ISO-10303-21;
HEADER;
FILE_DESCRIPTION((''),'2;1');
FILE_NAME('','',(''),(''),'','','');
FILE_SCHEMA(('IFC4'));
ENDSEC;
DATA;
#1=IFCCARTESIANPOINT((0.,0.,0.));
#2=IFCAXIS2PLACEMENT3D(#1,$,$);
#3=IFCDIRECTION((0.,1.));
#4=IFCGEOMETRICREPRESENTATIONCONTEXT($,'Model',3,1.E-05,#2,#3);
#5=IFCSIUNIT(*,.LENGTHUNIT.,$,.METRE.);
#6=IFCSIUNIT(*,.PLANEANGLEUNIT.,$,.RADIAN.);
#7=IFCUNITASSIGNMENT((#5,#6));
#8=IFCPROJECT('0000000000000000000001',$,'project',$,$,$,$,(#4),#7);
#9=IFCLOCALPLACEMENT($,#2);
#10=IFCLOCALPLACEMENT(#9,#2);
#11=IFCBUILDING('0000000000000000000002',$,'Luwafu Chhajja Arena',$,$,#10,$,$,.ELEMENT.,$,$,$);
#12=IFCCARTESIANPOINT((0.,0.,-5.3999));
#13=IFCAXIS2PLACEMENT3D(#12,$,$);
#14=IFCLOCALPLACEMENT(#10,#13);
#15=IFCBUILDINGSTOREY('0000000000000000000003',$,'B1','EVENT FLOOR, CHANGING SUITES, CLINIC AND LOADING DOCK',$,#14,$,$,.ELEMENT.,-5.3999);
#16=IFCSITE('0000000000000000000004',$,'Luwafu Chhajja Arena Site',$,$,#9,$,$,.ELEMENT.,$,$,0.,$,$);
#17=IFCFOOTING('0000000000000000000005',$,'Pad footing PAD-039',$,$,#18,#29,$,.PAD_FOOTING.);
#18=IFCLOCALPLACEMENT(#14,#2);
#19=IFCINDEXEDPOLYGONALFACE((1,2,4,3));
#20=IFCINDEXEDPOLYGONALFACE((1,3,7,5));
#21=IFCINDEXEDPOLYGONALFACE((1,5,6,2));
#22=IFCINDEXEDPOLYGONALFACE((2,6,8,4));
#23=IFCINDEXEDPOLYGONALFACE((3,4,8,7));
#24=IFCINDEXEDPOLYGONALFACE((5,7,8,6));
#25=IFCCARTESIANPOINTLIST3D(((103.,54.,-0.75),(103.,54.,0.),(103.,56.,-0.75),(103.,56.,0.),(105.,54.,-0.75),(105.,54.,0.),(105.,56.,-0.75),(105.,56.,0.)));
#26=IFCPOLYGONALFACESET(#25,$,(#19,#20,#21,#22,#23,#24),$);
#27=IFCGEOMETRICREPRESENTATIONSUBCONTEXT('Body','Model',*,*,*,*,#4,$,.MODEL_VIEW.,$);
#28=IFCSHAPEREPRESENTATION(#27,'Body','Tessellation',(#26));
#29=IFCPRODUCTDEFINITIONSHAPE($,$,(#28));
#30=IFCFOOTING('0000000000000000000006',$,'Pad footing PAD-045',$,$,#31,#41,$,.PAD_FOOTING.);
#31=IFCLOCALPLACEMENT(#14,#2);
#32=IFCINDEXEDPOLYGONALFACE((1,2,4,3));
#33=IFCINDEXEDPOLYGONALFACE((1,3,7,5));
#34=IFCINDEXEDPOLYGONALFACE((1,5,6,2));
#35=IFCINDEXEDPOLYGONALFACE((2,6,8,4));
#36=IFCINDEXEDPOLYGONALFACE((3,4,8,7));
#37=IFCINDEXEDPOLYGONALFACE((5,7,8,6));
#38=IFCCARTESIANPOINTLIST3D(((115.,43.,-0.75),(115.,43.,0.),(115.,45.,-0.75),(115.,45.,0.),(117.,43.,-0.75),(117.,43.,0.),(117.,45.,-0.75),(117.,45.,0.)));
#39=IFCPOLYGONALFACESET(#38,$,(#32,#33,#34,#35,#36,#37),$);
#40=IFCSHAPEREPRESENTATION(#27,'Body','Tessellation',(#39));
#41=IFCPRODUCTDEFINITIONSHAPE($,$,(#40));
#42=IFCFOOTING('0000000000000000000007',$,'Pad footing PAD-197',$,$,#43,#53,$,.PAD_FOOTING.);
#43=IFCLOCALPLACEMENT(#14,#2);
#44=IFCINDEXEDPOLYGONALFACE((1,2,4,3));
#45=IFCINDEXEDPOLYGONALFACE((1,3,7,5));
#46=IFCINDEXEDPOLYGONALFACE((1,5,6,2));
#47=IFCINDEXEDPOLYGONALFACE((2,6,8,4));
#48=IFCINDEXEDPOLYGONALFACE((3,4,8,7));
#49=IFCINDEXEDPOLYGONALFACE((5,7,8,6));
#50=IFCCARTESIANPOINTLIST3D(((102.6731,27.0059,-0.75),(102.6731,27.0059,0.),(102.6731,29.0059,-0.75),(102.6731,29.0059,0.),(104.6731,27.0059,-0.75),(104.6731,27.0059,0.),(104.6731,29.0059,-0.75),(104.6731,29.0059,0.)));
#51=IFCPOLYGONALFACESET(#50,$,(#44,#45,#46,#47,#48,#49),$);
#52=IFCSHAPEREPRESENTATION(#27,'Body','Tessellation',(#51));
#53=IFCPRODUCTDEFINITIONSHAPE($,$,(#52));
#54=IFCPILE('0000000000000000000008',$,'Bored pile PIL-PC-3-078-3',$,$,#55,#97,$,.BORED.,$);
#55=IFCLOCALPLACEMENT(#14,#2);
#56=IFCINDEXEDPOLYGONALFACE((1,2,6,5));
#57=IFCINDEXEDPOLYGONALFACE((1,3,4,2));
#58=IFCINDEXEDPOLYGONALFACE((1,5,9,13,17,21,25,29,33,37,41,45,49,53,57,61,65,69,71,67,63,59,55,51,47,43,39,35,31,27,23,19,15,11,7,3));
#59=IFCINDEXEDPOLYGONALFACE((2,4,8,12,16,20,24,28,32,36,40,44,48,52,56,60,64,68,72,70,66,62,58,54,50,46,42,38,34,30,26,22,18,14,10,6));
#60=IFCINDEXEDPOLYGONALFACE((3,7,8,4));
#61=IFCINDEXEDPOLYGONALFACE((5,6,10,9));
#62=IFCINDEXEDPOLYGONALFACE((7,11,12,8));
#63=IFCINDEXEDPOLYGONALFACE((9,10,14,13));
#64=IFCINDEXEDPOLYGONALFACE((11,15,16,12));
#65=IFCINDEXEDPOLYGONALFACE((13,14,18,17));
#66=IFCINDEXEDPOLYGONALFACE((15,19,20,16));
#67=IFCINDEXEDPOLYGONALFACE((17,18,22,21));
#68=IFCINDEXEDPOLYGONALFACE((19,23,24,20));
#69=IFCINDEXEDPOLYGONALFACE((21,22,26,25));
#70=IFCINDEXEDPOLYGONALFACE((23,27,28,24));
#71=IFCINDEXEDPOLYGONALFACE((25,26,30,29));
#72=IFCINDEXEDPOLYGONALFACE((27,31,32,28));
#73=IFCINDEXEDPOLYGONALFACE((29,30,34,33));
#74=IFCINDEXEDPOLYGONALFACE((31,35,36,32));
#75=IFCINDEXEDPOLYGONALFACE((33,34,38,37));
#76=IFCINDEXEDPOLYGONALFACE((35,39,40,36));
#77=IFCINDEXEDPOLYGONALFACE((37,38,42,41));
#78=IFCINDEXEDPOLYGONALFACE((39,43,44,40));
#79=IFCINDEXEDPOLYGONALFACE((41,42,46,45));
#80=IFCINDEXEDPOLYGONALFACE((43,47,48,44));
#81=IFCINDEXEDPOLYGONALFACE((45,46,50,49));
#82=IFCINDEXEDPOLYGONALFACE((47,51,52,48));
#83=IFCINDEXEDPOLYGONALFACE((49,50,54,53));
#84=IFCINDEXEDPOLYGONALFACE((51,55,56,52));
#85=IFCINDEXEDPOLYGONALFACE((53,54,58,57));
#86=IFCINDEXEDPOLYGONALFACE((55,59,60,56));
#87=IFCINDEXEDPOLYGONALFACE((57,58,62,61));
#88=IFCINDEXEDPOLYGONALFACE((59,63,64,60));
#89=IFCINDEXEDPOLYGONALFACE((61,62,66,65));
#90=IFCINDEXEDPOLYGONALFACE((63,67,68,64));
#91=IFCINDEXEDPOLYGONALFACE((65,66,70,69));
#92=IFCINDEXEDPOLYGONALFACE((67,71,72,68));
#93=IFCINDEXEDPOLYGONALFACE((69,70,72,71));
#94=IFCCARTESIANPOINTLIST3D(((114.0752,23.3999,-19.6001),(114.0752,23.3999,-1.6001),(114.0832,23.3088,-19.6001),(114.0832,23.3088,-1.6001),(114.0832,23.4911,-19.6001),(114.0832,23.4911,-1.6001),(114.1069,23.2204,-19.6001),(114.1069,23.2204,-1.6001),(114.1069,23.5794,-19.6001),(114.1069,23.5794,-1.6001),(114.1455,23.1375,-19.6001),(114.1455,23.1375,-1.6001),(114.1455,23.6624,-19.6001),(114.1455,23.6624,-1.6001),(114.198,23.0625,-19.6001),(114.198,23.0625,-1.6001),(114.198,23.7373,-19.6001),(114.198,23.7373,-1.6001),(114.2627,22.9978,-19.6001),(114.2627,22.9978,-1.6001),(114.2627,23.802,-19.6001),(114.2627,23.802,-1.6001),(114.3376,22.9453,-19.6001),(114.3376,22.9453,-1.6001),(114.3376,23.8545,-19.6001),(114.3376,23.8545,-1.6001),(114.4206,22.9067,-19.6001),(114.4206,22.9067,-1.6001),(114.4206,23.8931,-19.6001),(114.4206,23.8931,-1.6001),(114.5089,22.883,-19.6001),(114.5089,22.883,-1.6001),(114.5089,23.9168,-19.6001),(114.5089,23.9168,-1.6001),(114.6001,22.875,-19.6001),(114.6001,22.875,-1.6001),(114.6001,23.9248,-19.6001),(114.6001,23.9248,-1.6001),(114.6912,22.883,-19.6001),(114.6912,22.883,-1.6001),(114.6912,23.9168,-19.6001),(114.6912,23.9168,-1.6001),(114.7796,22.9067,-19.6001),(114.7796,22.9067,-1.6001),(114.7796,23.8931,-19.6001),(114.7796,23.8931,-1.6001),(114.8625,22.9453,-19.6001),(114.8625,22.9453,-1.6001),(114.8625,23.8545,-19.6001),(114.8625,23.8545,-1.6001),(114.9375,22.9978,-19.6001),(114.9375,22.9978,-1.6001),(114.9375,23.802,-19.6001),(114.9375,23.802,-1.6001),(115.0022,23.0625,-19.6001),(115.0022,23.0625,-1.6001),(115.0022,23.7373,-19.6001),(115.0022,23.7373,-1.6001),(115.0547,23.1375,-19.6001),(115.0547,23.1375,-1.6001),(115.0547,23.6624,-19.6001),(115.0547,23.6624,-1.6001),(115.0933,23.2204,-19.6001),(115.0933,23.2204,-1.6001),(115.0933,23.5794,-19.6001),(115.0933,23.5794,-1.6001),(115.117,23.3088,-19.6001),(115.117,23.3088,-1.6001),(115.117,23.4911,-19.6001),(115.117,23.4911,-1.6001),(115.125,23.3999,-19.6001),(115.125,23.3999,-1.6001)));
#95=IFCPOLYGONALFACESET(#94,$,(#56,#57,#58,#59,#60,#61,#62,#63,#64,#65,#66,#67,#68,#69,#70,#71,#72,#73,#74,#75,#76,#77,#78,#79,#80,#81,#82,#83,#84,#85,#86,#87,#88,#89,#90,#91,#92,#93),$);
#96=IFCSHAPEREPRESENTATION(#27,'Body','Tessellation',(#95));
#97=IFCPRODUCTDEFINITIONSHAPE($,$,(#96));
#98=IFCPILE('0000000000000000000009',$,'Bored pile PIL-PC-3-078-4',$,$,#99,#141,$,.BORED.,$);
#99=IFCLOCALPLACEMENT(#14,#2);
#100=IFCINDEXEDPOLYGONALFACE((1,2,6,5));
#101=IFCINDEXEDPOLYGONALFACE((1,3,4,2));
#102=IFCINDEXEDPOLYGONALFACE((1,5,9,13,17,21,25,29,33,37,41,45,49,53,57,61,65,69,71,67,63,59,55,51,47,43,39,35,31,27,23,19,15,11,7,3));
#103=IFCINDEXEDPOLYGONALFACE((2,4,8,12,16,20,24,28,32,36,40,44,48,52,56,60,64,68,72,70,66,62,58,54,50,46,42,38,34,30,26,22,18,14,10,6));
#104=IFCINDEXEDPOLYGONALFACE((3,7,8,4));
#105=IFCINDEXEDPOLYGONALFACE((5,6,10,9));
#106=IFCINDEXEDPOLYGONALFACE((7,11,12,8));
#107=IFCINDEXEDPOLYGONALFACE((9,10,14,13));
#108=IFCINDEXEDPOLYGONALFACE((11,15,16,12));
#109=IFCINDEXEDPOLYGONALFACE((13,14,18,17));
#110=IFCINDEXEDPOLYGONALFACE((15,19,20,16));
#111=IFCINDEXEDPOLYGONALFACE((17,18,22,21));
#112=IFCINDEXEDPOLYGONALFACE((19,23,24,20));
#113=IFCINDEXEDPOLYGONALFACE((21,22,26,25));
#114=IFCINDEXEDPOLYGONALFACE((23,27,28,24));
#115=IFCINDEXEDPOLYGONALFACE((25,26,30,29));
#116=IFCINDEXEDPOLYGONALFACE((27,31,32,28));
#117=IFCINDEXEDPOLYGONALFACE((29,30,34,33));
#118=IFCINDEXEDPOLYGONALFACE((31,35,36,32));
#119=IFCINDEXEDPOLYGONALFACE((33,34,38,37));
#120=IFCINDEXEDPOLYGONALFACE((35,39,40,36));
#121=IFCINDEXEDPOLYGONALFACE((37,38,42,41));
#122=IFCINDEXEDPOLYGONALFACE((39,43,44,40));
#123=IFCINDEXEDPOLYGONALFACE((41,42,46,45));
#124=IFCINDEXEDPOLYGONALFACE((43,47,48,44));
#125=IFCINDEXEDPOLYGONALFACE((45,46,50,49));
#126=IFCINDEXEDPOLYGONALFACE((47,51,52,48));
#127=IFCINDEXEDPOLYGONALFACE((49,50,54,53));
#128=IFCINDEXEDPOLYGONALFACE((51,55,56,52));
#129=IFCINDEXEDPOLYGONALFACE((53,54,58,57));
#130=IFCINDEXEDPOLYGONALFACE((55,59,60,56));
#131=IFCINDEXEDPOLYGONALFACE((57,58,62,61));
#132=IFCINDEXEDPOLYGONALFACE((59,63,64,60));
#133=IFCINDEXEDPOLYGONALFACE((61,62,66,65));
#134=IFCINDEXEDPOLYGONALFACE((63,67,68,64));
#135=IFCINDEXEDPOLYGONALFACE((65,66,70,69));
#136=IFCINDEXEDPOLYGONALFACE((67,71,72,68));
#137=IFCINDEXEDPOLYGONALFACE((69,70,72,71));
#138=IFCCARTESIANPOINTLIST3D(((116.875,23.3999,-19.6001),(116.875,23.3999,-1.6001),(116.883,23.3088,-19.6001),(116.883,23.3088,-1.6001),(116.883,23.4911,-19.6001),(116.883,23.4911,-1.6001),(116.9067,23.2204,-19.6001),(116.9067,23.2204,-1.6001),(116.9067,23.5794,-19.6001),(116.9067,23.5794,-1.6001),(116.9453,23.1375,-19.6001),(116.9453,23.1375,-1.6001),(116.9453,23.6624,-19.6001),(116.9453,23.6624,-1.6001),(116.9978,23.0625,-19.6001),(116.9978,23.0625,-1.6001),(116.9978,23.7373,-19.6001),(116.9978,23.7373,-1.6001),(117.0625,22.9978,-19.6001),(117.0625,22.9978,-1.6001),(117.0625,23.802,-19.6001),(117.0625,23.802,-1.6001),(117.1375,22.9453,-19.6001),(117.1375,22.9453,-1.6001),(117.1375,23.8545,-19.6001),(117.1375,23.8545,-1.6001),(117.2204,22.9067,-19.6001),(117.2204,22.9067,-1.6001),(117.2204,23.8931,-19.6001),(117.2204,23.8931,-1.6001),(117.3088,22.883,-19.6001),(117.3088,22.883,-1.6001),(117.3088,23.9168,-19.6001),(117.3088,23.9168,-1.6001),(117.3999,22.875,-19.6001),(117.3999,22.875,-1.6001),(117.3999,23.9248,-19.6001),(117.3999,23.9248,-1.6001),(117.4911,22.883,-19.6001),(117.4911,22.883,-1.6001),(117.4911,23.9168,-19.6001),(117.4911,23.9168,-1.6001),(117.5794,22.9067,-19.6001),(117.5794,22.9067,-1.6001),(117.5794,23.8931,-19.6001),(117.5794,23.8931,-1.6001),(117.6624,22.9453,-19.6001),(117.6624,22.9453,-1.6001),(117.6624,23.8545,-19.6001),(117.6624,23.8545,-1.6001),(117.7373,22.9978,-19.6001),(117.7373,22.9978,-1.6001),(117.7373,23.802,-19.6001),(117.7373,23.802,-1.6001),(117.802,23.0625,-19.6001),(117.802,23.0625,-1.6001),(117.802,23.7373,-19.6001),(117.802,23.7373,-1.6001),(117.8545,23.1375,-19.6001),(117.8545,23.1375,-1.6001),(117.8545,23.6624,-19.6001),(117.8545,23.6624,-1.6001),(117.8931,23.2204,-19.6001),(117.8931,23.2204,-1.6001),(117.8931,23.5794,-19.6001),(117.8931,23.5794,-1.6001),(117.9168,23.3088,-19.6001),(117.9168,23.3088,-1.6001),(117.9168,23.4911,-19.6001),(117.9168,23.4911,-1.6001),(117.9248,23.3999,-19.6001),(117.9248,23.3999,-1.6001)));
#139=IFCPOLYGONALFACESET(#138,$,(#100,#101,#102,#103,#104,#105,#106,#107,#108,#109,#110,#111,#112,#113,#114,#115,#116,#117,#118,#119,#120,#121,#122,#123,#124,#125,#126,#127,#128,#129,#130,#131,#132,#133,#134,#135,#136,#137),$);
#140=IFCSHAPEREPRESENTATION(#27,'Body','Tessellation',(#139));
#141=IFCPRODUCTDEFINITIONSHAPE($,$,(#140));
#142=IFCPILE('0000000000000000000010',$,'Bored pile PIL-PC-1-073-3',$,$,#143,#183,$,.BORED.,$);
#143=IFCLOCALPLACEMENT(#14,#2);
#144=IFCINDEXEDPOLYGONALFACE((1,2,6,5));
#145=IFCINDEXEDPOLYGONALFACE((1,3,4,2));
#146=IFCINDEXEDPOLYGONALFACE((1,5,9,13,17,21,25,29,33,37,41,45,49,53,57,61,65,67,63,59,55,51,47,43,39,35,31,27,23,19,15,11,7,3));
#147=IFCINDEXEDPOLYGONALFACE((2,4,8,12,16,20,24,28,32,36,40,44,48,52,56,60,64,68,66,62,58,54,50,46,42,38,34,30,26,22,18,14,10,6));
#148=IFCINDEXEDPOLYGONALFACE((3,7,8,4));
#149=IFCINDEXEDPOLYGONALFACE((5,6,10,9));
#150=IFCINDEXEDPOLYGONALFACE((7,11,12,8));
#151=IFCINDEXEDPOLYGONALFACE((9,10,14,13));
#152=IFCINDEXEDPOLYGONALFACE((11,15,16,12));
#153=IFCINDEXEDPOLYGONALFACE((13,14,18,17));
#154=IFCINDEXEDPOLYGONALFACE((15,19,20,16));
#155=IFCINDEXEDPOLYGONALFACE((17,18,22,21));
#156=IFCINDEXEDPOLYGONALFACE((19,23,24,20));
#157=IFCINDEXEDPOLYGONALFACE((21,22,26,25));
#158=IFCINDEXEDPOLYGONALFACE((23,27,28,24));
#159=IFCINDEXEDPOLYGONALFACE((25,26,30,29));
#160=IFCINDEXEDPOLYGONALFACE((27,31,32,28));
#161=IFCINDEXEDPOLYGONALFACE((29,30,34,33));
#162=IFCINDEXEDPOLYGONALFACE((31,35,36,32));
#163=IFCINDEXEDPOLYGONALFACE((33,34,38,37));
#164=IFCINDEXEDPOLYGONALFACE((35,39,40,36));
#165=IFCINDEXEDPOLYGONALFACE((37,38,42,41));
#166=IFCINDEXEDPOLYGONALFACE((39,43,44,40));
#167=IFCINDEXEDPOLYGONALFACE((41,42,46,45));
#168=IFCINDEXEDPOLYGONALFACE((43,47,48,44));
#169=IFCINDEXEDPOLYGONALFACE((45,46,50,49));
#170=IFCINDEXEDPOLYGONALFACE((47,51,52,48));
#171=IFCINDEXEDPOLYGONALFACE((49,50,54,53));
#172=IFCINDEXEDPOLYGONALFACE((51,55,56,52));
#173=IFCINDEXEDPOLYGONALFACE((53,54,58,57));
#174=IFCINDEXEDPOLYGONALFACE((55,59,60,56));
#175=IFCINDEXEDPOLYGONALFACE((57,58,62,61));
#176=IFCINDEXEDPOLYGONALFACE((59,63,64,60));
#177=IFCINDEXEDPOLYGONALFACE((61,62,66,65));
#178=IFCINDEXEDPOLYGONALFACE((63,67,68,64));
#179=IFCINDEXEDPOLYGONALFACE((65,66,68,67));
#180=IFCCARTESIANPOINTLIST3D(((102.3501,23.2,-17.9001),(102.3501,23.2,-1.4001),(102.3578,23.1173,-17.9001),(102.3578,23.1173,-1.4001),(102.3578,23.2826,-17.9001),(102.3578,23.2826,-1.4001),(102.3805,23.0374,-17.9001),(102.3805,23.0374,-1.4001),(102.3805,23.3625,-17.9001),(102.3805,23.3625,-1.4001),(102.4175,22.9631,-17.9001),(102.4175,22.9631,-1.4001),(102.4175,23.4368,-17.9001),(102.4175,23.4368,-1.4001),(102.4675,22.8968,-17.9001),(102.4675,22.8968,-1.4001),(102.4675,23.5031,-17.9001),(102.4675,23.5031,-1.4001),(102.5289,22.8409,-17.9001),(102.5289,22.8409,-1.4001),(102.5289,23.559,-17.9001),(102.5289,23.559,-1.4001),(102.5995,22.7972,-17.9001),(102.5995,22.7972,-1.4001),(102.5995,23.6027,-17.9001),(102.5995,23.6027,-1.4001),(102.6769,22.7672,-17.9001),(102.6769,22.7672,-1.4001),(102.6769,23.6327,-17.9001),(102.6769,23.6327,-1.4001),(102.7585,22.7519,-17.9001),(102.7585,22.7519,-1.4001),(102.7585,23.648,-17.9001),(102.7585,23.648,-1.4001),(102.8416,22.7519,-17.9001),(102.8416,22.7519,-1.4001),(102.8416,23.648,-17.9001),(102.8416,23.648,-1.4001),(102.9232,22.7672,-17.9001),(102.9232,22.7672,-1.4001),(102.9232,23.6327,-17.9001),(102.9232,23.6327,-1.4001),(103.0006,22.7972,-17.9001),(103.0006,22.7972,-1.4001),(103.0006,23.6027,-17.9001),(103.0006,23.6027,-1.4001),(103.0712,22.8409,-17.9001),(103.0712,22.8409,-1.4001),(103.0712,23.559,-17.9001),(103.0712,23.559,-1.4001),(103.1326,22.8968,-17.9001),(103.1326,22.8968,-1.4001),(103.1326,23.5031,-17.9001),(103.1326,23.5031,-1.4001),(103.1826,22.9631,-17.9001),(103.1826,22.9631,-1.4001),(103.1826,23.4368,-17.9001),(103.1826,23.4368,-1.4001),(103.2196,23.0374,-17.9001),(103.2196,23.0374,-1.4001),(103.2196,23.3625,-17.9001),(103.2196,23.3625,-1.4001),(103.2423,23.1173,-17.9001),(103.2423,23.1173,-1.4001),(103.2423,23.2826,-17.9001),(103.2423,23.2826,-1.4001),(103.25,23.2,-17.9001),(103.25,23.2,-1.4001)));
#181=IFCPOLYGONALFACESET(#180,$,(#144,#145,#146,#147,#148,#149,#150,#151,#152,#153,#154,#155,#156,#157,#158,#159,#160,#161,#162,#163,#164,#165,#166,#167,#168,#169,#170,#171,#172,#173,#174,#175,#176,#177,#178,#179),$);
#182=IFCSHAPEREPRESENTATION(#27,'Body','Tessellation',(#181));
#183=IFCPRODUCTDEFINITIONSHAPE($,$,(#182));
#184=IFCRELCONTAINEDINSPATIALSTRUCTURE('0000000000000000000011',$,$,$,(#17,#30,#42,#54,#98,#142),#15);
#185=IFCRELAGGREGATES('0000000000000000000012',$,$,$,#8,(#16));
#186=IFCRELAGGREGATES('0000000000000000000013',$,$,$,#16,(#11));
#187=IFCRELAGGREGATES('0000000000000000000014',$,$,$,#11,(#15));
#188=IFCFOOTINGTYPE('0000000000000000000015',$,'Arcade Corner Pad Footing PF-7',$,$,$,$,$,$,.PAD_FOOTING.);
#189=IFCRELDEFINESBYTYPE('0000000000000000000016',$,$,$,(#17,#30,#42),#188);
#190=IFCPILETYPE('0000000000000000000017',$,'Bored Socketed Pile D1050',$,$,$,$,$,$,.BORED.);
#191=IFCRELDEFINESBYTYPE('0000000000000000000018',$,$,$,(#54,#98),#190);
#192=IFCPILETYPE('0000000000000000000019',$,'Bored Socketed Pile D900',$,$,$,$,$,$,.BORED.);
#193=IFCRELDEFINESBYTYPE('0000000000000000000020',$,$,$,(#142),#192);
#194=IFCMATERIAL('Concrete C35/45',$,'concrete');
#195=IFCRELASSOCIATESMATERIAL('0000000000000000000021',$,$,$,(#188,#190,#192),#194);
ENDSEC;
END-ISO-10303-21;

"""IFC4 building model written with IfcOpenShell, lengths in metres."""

from ifc_helpers import new_model, si_unit, direction, frame, origin, origin_2d, place, context, subcontext, project, spatial, rectangle, circle, extrude, material, material_profile, profile_set, type_object, element, save


model = new_model("IFC4")

# Units and contexts
model_context = context("Model", 3, precision=1e-05, world=origin(), true_north=direction((0.0, 1.0)))
body_context = subcontext(model_context, "Body", "Model", "MODEL_VIEW")
ifc_project = project(units=[si_unit("LENGTHUNIT", "METRE"), si_unit("PLANEANGLEUNIT", "RADIAN")], contexts=[model_context])

# Site, building, storey
site_placement = place(None, origin())
site = spatial("IfcSite", under=ifc_project, at=site_placement, Name="Luwafu Chhajja Arena Site", CompositionType="ELEMENT", RefElevation=0.0)
building_placement = place(site_placement, origin())
building = spatial("IfcBuilding", under=site, at=building_placement, Name="Luwafu Chhajja Arena", CompositionType="ELEMENT")
storey_placement = place(building_placement, frame((0.0, 0.0, -5.3999)))
storey = spatial("IfcBuildingStorey", under=building, at=storey_placement, Name="B1", Description="EVENT FLOOR, CHANGING SUITES, CLINIC AND LOADING DOCK", CompositionType="ELEMENT", Elevation=-5.3999)

# Footings
ifc_material_1 = material(Name="Concrete C35/45", Category="concrete")
footing_type_1 = type_object("IfcFootingType", Name="Arcade Corner Pad Footing PF-7", PredefinedType="PAD_FOOTING", material=ifc_material_1)
for number, where, z_axis, x_axis, name in (
    (1, (104.0, 55.0, -0.75), (0.0, 0.0, 1.0), (1.0, 0.0, 0.0), "Pad footing PAD-039"),
    (2, (116.0, 44.0, -0.75), (0.0, 0.0, 1.0), (1.0, 0.0, 0.0), "Pad footing PAD-045"),
    (3, (103.6731, 28.0059, -0.75), (0.0, 0.0, 1.0), (1.0, 0.0, 0.0), "Pad footing PAD-197"),
):
    element("IfcFooting", number, at=place(storey_placement, frame(where, z_axis=z_axis, x_axis=x_axis)), inside=storey, type_object=footing_type_1, Name=name, PredefinedType="PAD_FOOTING", context=body_context, shape_type="SweptSolid", body=[
        extrude(rectangle(XDim=2.0, YDim=2.0, at=origin_2d()), origin(), (0.0, 0.0, 1.0), 0.75),
    ])

# Piles
ifc_material_profile_1 = material_profile(ifc_material_1, circle(Radius=0.5249, at=origin_2d()), Name="PILE D1050")
ifc_profile_set_1 = profile_set([ifc_material_profile_1], Name="Concrete C35/45")
pile_type_1 = type_object("IfcPileType", Name="Bored Socketed Pile D1050", PredefinedType="BORED", material=ifc_profile_set_1)
for number, where, z_axis, x_axis, name in (
    (4, (114.6001, 23.3999, -1.6001), (0.0, 0.0, -1.0), (1.0, 0.0, 0.0), "Bored pile PIL-PC-3-078-3"),
    (5, (117.3999, 23.3999, -1.6001), (0.0, 0.0, -1.0), (1.0, 0.0, 0.0), "Bored pile PIL-PC-3-078-4"),
):
    element("IfcPile", number, at=place(storey_placement, frame(where, z_axis=z_axis, x_axis=x_axis)), inside=storey, type_object=pile_type_1, Name=name, PredefinedType="BORED", context=body_context, shape_type="SweptSolid", body=[
        extrude(circle(Radius=0.5249, at=origin_2d()), origin(), (0.0, 0.0, 1.0), 18.0),
    ])
ifc_material_profile_2 = material_profile(ifc_material_1, circle(Radius=0.45, at=origin_2d()), Name="PILE D900")
ifc_profile_set_2 = profile_set([ifc_material_profile_2], Name="Concrete C35/45")
pile_type_2 = type_object("IfcPileType", Name="Bored Socketed Pile D900", PredefinedType="BORED", material=ifc_profile_set_2)
for number, where, z_axis, x_axis, name in (
    (6, (102.8, 23.2, -1.4001), (0.0, 0.0, -1.0), (1.0, 0.0, 0.0), "Bored pile PIL-PC-1-073-3"),
):
    element("IfcPile", number, at=place(storey_placement, frame(where, z_axis=z_axis, x_axis=x_axis)), inside=storey, type_object=pile_type_2, Name=name, PredefinedType="BORED", context=body_context, shape_type="SweptSolid", body=[
        extrude(circle(Radius=0.45, at=origin_2d()), origin(), (0.0, 0.0, 1.0), 16.5),
    ])

save(model, "model.ifc")
